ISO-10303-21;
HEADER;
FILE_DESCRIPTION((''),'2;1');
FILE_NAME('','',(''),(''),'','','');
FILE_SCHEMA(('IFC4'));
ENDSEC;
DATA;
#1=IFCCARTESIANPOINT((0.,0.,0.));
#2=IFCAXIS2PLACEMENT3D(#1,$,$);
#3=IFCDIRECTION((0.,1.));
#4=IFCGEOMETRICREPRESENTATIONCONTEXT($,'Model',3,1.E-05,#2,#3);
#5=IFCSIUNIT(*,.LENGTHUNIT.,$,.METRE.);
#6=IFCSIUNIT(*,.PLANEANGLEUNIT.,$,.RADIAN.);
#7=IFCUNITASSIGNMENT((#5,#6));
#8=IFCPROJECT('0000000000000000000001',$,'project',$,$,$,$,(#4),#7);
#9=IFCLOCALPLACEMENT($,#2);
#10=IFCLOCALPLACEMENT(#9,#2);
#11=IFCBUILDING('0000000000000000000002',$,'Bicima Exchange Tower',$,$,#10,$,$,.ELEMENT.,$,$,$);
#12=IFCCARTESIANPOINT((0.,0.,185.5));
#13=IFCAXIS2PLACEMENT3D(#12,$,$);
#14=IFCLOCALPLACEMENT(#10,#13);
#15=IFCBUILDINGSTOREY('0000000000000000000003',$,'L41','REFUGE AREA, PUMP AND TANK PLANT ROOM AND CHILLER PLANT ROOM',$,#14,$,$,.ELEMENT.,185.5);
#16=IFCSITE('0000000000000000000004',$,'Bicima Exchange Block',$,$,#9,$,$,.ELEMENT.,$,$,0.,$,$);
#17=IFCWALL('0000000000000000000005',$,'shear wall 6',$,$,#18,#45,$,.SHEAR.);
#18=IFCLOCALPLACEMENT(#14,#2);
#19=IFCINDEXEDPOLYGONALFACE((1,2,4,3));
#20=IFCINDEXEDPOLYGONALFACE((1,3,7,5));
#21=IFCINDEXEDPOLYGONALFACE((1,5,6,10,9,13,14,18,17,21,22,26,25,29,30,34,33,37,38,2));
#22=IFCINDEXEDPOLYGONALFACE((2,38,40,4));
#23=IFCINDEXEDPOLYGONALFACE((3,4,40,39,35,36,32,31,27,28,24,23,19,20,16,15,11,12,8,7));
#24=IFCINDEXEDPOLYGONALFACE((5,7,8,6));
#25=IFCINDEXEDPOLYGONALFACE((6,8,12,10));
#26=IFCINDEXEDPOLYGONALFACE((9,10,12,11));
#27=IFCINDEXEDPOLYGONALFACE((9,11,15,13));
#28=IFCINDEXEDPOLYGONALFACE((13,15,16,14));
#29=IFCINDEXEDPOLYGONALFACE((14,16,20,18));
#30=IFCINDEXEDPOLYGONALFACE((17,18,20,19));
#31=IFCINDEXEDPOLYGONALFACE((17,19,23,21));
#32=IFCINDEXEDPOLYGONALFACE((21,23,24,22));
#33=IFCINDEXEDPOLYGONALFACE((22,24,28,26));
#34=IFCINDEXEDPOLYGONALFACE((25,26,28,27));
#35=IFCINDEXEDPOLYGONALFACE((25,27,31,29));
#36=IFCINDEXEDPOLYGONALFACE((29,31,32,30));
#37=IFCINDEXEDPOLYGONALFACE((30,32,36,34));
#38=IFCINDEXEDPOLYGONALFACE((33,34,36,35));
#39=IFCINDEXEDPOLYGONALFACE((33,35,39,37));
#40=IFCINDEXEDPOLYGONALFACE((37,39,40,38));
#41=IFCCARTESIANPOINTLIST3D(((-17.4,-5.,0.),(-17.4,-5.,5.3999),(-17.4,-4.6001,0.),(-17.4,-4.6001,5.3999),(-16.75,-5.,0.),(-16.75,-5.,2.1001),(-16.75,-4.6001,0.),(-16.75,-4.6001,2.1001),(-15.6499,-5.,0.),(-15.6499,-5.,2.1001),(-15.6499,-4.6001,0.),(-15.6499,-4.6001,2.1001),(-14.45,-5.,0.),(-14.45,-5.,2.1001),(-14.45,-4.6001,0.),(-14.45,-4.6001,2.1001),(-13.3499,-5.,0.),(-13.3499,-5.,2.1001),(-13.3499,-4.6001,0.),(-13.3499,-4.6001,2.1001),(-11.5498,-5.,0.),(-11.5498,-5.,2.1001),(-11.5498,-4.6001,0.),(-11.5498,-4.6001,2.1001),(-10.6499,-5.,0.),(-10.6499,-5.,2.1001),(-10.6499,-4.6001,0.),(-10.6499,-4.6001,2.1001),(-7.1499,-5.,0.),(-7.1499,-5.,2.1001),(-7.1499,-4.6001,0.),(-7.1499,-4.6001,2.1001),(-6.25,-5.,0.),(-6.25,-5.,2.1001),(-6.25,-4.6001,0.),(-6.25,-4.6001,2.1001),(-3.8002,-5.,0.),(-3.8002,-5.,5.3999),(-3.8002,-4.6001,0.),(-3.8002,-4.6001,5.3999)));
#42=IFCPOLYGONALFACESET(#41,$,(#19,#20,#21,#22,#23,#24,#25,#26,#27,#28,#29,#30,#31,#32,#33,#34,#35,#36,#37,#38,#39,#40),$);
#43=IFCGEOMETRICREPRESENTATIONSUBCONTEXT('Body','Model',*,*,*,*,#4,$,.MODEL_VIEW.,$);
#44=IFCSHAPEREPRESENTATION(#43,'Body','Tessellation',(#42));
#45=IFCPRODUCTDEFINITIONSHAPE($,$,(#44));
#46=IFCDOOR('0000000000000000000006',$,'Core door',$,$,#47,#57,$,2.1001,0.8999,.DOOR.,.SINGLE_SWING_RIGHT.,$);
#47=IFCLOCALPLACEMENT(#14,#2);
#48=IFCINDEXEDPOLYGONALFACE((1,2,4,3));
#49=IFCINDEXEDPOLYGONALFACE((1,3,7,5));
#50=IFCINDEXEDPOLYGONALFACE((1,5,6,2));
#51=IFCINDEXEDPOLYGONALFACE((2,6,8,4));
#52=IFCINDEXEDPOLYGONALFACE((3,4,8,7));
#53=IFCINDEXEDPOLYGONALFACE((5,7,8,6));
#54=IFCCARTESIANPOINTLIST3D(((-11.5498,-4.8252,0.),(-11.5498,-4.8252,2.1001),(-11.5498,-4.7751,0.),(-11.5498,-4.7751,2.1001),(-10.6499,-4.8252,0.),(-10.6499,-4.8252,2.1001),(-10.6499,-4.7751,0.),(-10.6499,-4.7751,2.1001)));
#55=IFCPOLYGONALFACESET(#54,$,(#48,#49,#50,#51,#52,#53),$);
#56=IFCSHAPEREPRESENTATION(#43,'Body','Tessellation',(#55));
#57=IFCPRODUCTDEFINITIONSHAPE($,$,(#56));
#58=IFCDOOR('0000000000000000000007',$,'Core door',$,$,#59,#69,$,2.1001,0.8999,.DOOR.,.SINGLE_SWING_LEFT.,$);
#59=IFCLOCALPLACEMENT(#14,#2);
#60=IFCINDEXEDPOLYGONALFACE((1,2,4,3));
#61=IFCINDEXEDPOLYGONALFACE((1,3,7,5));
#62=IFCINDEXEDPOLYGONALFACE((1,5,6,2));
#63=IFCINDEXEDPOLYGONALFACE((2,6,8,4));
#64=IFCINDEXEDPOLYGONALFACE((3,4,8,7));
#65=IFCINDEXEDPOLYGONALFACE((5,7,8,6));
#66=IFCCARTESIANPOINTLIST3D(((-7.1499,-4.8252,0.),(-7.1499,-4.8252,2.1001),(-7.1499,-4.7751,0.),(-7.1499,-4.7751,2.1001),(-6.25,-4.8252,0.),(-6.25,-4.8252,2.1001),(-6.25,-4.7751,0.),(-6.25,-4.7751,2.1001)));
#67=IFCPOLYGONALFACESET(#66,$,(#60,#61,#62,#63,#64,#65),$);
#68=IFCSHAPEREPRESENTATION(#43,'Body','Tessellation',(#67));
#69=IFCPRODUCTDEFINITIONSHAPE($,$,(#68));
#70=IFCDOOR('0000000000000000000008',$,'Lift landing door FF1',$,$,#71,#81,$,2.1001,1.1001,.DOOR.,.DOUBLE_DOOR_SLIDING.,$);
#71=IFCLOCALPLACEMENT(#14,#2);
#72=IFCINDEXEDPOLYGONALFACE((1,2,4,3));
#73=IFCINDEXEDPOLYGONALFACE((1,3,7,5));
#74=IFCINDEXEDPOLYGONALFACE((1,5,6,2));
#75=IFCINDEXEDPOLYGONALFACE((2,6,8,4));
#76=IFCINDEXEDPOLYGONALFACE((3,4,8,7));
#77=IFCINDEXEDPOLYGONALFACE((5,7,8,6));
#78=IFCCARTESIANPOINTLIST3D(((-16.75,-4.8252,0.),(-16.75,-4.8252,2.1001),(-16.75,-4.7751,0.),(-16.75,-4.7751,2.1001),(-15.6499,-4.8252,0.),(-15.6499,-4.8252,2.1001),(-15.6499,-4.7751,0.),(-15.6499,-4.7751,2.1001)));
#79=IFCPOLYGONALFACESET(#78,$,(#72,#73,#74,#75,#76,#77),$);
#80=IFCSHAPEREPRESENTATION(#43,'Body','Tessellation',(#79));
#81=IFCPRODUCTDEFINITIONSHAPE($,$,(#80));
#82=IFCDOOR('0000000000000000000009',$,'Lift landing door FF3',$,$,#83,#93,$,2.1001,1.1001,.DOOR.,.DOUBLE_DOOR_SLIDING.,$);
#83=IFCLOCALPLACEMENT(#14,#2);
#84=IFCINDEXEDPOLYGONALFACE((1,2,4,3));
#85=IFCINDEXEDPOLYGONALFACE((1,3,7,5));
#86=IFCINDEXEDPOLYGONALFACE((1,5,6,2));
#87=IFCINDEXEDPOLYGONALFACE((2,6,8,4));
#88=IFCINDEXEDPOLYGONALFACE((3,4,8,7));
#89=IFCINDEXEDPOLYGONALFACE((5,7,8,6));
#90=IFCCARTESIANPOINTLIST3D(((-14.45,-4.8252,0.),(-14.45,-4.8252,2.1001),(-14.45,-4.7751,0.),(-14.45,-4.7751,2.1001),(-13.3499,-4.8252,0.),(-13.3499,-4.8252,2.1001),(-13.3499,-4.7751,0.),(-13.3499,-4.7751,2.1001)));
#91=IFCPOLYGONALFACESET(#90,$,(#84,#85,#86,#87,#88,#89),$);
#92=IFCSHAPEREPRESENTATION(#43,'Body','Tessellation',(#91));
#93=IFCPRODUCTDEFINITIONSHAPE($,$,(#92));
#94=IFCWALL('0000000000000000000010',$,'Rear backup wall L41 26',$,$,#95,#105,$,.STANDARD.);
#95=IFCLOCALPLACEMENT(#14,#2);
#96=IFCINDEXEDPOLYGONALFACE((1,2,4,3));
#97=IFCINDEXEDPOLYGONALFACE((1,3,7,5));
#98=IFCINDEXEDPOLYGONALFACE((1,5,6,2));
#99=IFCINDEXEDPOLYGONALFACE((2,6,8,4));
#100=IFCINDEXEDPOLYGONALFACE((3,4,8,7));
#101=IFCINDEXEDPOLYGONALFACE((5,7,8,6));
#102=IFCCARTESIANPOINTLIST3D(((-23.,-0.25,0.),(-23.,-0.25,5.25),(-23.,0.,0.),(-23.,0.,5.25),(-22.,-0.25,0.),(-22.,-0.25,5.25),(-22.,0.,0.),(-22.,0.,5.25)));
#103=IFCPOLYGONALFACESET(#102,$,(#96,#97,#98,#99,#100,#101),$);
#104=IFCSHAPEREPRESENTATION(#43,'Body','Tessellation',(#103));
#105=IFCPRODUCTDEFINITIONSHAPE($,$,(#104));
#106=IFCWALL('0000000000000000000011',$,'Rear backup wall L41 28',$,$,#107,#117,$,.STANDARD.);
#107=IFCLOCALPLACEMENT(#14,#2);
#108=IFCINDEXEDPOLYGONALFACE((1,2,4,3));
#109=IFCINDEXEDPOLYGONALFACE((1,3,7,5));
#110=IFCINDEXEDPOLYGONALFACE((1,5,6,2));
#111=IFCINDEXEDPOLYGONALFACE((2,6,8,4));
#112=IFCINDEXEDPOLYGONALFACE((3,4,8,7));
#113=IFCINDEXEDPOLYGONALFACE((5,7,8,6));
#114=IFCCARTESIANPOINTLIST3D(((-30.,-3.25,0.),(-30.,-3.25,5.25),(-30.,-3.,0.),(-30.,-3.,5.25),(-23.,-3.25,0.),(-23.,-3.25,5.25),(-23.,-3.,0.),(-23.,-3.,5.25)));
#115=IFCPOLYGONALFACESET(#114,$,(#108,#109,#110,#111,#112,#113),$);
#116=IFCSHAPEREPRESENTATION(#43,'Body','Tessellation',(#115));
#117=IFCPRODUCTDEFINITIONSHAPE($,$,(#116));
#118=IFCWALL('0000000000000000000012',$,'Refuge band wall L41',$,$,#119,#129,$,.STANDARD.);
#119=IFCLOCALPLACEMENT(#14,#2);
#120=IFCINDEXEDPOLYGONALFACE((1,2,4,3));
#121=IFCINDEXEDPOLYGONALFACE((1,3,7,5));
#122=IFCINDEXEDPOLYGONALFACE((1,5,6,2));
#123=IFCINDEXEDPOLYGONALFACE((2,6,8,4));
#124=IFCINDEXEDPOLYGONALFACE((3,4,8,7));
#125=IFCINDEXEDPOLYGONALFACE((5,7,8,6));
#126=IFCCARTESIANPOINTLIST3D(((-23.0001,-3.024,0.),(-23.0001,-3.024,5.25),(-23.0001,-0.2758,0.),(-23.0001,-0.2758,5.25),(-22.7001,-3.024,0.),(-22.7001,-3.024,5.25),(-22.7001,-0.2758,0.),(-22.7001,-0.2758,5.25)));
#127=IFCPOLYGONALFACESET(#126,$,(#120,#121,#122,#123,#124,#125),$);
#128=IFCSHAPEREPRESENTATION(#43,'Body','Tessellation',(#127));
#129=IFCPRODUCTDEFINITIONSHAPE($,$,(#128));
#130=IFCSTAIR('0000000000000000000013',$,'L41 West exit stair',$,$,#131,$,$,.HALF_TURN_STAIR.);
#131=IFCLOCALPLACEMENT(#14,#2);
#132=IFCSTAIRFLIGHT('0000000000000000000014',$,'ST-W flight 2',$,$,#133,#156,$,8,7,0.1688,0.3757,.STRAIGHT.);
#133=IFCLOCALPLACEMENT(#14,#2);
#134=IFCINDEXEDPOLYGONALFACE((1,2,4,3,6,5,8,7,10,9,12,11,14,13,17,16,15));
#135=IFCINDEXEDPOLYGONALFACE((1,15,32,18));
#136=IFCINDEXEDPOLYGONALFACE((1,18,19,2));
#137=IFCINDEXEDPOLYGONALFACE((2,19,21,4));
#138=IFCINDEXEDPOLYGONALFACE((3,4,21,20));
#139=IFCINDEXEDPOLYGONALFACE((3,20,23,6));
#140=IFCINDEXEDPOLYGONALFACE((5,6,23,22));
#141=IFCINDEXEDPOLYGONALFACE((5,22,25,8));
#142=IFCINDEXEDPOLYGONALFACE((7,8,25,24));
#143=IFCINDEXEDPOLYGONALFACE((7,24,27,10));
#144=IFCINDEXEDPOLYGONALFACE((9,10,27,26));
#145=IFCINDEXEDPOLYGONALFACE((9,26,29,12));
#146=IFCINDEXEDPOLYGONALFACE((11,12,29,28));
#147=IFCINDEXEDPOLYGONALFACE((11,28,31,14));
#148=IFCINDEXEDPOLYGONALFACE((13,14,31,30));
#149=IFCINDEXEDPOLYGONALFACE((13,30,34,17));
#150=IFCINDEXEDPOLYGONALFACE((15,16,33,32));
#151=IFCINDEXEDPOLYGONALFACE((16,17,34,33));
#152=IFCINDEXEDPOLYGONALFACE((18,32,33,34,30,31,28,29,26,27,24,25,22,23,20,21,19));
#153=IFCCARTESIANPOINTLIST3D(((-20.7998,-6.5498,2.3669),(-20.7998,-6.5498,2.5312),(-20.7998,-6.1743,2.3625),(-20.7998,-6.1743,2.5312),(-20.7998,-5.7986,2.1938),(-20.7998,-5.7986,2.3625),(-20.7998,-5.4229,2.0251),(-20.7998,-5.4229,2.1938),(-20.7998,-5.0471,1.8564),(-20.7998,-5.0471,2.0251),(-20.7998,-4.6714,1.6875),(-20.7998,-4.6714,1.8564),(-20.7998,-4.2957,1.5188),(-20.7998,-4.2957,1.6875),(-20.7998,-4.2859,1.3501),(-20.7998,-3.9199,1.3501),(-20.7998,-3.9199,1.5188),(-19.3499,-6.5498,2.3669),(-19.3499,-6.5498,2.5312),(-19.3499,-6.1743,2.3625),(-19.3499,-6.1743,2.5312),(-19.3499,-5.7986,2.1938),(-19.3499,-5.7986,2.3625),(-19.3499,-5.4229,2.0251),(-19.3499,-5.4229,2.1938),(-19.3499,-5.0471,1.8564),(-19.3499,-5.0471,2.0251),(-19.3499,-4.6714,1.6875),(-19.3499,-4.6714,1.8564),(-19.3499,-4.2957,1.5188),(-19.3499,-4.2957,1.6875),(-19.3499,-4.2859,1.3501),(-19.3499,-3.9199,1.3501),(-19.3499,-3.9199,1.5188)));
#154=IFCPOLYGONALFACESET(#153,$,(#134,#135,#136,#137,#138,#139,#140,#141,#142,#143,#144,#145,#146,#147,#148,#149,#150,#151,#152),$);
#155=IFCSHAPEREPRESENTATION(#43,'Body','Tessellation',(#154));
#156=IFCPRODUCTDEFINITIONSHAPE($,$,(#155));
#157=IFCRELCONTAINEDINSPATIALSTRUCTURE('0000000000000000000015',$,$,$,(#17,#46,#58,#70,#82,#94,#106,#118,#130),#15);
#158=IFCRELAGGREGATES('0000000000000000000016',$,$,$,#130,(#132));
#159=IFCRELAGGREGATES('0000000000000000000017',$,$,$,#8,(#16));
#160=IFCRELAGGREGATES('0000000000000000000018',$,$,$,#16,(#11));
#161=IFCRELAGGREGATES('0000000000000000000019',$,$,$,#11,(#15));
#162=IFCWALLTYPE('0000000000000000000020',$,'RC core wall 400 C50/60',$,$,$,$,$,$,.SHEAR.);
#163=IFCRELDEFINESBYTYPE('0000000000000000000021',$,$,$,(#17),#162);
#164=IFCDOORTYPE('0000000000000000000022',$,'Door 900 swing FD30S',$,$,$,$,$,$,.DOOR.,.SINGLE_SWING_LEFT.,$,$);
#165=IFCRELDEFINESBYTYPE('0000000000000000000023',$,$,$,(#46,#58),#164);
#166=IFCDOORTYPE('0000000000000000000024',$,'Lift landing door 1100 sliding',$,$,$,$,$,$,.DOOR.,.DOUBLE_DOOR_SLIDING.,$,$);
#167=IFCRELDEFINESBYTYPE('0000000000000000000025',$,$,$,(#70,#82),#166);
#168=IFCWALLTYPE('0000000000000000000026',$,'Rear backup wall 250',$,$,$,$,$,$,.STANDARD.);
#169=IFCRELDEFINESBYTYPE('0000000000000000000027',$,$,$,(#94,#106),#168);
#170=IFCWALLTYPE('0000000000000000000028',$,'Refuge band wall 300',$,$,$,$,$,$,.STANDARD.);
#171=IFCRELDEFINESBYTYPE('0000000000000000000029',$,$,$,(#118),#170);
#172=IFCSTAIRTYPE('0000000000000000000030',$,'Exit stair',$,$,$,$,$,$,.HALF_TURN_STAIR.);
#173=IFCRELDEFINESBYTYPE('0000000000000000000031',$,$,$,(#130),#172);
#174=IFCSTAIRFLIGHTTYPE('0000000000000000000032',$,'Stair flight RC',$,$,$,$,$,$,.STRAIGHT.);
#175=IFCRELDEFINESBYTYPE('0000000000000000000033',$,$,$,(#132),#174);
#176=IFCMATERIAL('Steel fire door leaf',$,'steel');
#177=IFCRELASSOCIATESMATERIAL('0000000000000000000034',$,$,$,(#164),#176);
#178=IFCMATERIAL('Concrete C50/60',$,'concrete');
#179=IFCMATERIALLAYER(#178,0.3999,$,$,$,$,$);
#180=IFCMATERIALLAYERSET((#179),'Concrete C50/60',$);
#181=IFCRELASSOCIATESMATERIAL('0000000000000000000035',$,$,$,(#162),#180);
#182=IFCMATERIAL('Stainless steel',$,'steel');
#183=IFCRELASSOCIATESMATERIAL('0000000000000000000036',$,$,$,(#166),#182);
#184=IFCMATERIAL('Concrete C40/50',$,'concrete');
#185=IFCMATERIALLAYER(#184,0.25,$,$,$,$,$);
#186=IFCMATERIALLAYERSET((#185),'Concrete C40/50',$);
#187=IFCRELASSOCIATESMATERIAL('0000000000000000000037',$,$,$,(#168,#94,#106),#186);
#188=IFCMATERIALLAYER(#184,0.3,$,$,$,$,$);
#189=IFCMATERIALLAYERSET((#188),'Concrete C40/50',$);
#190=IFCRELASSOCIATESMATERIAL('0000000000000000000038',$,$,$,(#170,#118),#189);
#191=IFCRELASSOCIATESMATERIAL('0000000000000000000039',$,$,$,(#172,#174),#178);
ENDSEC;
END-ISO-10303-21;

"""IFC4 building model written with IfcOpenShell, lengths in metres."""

from ifc_helpers import new_model, si_unit, direction, frame, frame_2d, origin, place, context, subcontext, project, spatial, polyline, rectangle, outline, extrude, material, layer, layer_set, layer_usage, type_object, element, fill, aggregate, save


model = new_model("IFC4")

# Units and contexts
model_context = context("Model", 3, precision=1e-05, world=origin(), true_north=direction((0.0, 1.0)))
body_context = subcontext(model_context, "Body", "Model", "MODEL_VIEW")
ifc_project = project(units=[si_unit("LENGTHUNIT", "METRE"), si_unit("PLANEANGLEUNIT", "RADIAN")], contexts=[model_context])

# Site, building, storey
site_placement = place(None, origin())
site = spatial("IfcSite", under=ifc_project, at=site_placement, Name="Bicima Exchange Block", CompositionType="ELEMENT", RefElevation=0.0)
building_placement = place(site_placement, origin())
building = spatial("IfcBuilding", under=site, at=building_placement, Name="Bicima Exchange Tower", CompositionType="ELEMENT")
storey_placement = place(building_placement, frame((0.0, 0.0, 185.5)))
storey = spatial("IfcBuildingStorey", under=building, at=storey_placement, Name="L41", Description="REFUGE AREA, PUMP AND TANK PLANT ROOM AND CHILLER PLANT ROOM", CompositionType="ELEMENT", Elevation=185.5)

# Wall, openings, doors
ifc_material_1 = material(Name="Concrete C50/60", Category="concrete")
ifc_material_2 = material(Name="Steel fire door leaf", Category="steel")
door_type_1 = type_object("IfcDoorType", Name="Door 900 swing FD30S", OperationType="SINGLE_SWING_LEFT", PredefinedType="DOOR", material=ifc_material_2)
ifc_layer_1 = layer(ifc_material_1, 0.3999)
ifc_layer_set_1 = layer_set([ifc_layer_1], Name="Concrete C50/60")
wall_type_1 = type_object("IfcWallType", Name="RC core wall 400 C50/60", PredefinedType="SHEAR", material=ifc_layer_set_1)
wall_1_placement = place(storey_placement, frame((-17.3999, -4.8, 0.0), z_axis=(0.0, 0.0, 1.0), x_axis=(1.0, 0.0, 0.0)))
wall_1 = element("IfcWall", 1, at=wall_1_placement, inside=storey, type_object=wall_type_1, Name="shear wall 6", PredefinedType="SHEAR", context=body_context, shape_type="SweptSolid", body=[
    extrude(rectangle(XDim=13.5999, YDim=0.3999, at=frame_2d((6.7998, 0.0))), origin(), (0.0, 0.0, 1.0), 5.3999),
])
opening_1_placement = place(wall_1_placement, frame((0.6499, 0.0, 0.0)))
opening_1 = element("IfcOpeningElement", 2, at=opening_1_placement, cuts=wall_1, PredefinedType="OPENING", context=body_context, shape_type="SweptSolid", body=[
    extrude(rectangle(XDim=1.1001, YDim=2.1001, at=frame_2d((0.55, 1.05))), frame((0.0, 0.2119, 0.0), z_axis=(0.0, -1.0, 0.0), x_axis=(1.0, 0.0, 0.0)), (0.0, 0.0, 1.0), 0.4238),
])
opening_2_placement = place(wall_1_placement, frame((2.95, 0.0, 0.0)))
opening_2 = element("IfcOpeningElement", 3, at=opening_2_placement, cuts=wall_1, PredefinedType="OPENING", context=body_context, shape_type="SweptSolid", body=[
    extrude(rectangle(XDim=1.1001, YDim=2.1001, at=frame_2d((0.55, 1.05))), frame((0.0, 0.2119, 0.0), z_axis=(0.0, -1.0, 0.0), x_axis=(1.0, 0.0, 0.0)), (0.0, 0.0, 1.0), 0.4238),
])
opening_3_placement = place(wall_1_placement, frame((5.8501, 0.0, 0.0)))
opening_3 = element("IfcOpeningElement", 4, at=opening_3_placement, cuts=wall_1, PredefinedType="OPENING", context=body_context, shape_type="SweptSolid", body=[
    extrude(rectangle(XDim=0.8999, YDim=2.1001, at=frame_2d((0.45, 1.05))), frame((0.0, 0.2119, 0.0), z_axis=(0.0, -1.0, 0.0), x_axis=(1.0, 0.0, 0.0)), (0.0, 0.0, 1.0), 0.4238),
])
opening_4_placement = place(wall_1_placement, frame((10.25, 0.0, 0.0)))
opening_4 = element("IfcOpeningElement", 5, at=opening_4_placement, cuts=wall_1, PredefinedType="OPENING", context=body_context, shape_type="SweptSolid", body=[
    extrude(rectangle(XDim=0.8999, YDim=2.1001, at=frame_2d((0.45, 1.05))), frame((0.0, 0.2119, 0.0), z_axis=(0.0, -1.0, 0.0), x_axis=(1.0, 0.0, 0.0)), (0.0, 0.0, 1.0), 0.4238),
])
door_1_placement = place(opening_3_placement, origin())
door_1 = element("IfcDoor", 6, at=door_1_placement, inside=storey, type_object=door_type_1, Name="Core door", OperationType="SINGLE_SWING_RIGHT", OverallHeight=2.1001, OverallWidth=0.8999, PredefinedType="DOOR", context=body_context, shape_type="SweptSolid", body=[
    extrude(rectangle(XDim=0.8999, YDim=2.1001, at=frame_2d((0.45, 1.05))), frame((0.0, 0.0249, 0.0), z_axis=(0.0, -1.0, 0.0), x_axis=(1.0, 0.0, 0.0)), (0.0, 0.0, 1.0), 0.05),
])
fill(opening_3, door_1)
door_2_placement = place(opening_4_placement, origin())
door_2 = element("IfcDoor", 7, at=door_2_placement, inside=storey, type_object=door_type_1, Name="Core door", OperationType="SINGLE_SWING_LEFT", OverallHeight=2.1001, OverallWidth=0.8999, PredefinedType="DOOR", context=body_context, shape_type="SweptSolid", body=[
    extrude(rectangle(XDim=0.8999, YDim=2.1001, at=frame_2d((0.45, 1.05))), frame((0.0, 0.0249, 0.0), z_axis=(0.0, -1.0, 0.0), x_axis=(1.0, 0.0, 0.0)), (0.0, 0.0, 1.0), 0.05),
])
fill(opening_4, door_2)
ifc_material_3 = material(Name="Stainless steel", Category="steel")
door_type_2 = type_object("IfcDoorType", Name="Lift landing door 1100 sliding", OperationType="DOUBLE_DOOR_SLIDING", PredefinedType="DOOR", material=ifc_material_3)
door_3_placement = place(opening_1_placement, origin())
door_3 = element("IfcDoor", 8, at=door_3_placement, inside=storey, type_object=door_type_2, Name="Lift landing door FF1", OperationType="DOUBLE_DOOR_SLIDING", OverallHeight=2.1001, OverallWidth=1.1001, PredefinedType="DOOR", context=body_context, shape_type="SweptSolid", body=[
    extrude(rectangle(XDim=1.1001, YDim=2.1001, at=frame_2d((0.55, 1.05))), frame((0.0, 0.0249, 0.0), z_axis=(0.0, -1.0, 0.0), x_axis=(1.0, 0.0, 0.0)), (0.0, 0.0, 1.0), 0.05),
])
fill(opening_1, door_3)
door_4_placement = place(opening_2_placement, origin())
door_4 = element("IfcDoor", 9, at=door_4_placement, inside=storey, type_object=door_type_2, Name="Lift landing door FF3", OperationType="DOUBLE_DOOR_SLIDING", OverallHeight=2.1001, OverallWidth=1.1001, PredefinedType="DOOR", context=body_context, shape_type="SweptSolid", body=[
    extrude(rectangle(XDim=1.1001, YDim=2.1001, at=frame_2d((0.55, 1.05))), frame((0.0, 0.0249, 0.0), z_axis=(0.0, -1.0, 0.0), x_axis=(1.0, 0.0, 0.0)), (0.0, 0.0, 1.0), 0.05),
])
fill(opening_2, door_4)

# Walls
ifc_material_4 = material(Name="Concrete C40/50", Category="concrete")
ifc_layer_2 = layer(ifc_material_4, 0.25)
ifc_layer_set_2 = layer_set([ifc_layer_2], Name="Concrete C40/50")
ifc_layer_usage_1 = layer_usage(ifc_layer_set_2, "AXIS2", "POSITIVE", -0.125)
wall_type_2 = type_object("IfcWallType", Name="Rear backup wall 250", PredefinedType="STANDARD", material=ifc_layer_set_2)
wall_2_placement = place(storey_placement, frame((-22.0, -0.125, 0.0), z_axis=(0.0, 0.0, 1.0), x_axis=(-1.0, 0.0, 0.0)))
element("IfcWall", 10, at=wall_2_placement, inside=storey, type_object=wall_type_2, material=ifc_layer_usage_1, Name="Rear backup wall L41 26", PredefinedType="STANDARD", context=body_context, shape_type="SweptSolid", body=[
    extrude(rectangle(XDim=1.0, YDim=0.25, at=frame_2d((0.5, 0.0))), origin(), (0.0, 0.0, 1.0), 5.25),
])
wall_3_placement = place(storey_placement, frame((-23.0, -3.125, 0.0), z_axis=(0.0, 0.0, 1.0), x_axis=(-1.0, 0.0, 0.0)))
element("IfcWall", 11, at=wall_3_placement, inside=storey, type_object=wall_type_2, material=ifc_layer_usage_1, Name="Rear backup wall L41 28", PredefinedType="STANDARD", context=body_context, shape_type="SweptSolid", body=[
    extrude(rectangle(XDim=7.0, YDim=0.25, at=frame_2d((3.5, 0.0))), origin(), (0.0, 0.0, 1.0), 5.25),
])
ifc_layer_3 = layer(ifc_material_4, 0.3)
ifc_layer_set_3 = layer_set([ifc_layer_3], Name="Concrete C40/50")
ifc_layer_usage_2 = layer_usage(ifc_layer_set_3, "AXIS2", "POSITIVE", -0.15)
wall_type_3 = type_object("IfcWallType", Name="Refuge band wall 300", PredefinedType="STANDARD", material=ifc_layer_set_3)
wall_4_placement = place(storey_placement, frame((-22.8501, -0.2759, 0.0), z_axis=(0.0, 0.0, 1.0), x_axis=(0.0, -1.0, 0.0)))
element("IfcWall", 12, at=wall_4_placement, inside=storey, type_object=wall_type_3, material=ifc_layer_usage_2, Name="Refuge band wall L41", PredefinedType="STANDARD", context=body_context, shape_type="SweptSolid", body=[
    extrude(rectangle(XDim=2.7483, YDim=0.3, at=frame_2d((1.374, 0.0))), origin(), (0.0, 0.0, 1.0), 5.25),
])

# Stair, stair flight
stair_type = type_object("IfcStairType", Name="Exit stair", PredefinedType="HALF_TURN_STAIR", material=ifc_material_1)
stair_placement = place(storey_placement, origin())
stair = element("IfcStair", 13, at=stair_placement, inside=storey, type_object=stair_type, Name="L41 West exit stair", PredefinedType="HALF_TURN_STAIR")
stair_flight_type = type_object("IfcStairFlightType", Name="Stair flight RC", PredefinedType="STRAIGHT", material=ifc_material_1)
stair_flight_1_placement = place(storey_placement, frame((-20.075, -3.9199, 1.3501), z_axis=(0.0, 0.0, 1.0), x_axis=(0.0, -1.0, 0.0)))
stair_flight_1 = element("IfcStairFlight", 14, at=stair_flight_1_placement, type_object=stair_flight_type, Name="ST-W flight 2", NumberOfRisers=8, NumberOfTreads=7, PredefinedType="STRAIGHT", RiserHeight=0.1688, TreadLength=0.3757, context=body_context, shape_type="SweptSolid", body=[
    extrude(outline(polyline([(0.0, 0.0), (0.0, 0.1687), (0.3757, 0.1687), (0.3757, 0.3374), (0.7515, 0.3374), (0.7515, 0.5063), (1.1272, 0.5063), (1.1272, 0.675), (1.5029, 0.675), (1.5029, 0.8438), (1.8787, 0.8438), (1.8787, 1.0125), (2.2544, 1.0125), (2.2544, 1.1812), (2.6299, 1.1812), (2.6299, 1.3501), (2.6299, 1.0168), (0.366, 0.0), (0.0, 0.0)])), frame((0.0, 0.7251, 0.0), z_axis=(0.0, -1.0, 0.0), x_axis=(1.0, 0.0, 0.0)), (0.0, 0.0, 1.0), 1.45),
])
aggregate(stair, [stair_flight_1])

save(model, "model.ifc")
